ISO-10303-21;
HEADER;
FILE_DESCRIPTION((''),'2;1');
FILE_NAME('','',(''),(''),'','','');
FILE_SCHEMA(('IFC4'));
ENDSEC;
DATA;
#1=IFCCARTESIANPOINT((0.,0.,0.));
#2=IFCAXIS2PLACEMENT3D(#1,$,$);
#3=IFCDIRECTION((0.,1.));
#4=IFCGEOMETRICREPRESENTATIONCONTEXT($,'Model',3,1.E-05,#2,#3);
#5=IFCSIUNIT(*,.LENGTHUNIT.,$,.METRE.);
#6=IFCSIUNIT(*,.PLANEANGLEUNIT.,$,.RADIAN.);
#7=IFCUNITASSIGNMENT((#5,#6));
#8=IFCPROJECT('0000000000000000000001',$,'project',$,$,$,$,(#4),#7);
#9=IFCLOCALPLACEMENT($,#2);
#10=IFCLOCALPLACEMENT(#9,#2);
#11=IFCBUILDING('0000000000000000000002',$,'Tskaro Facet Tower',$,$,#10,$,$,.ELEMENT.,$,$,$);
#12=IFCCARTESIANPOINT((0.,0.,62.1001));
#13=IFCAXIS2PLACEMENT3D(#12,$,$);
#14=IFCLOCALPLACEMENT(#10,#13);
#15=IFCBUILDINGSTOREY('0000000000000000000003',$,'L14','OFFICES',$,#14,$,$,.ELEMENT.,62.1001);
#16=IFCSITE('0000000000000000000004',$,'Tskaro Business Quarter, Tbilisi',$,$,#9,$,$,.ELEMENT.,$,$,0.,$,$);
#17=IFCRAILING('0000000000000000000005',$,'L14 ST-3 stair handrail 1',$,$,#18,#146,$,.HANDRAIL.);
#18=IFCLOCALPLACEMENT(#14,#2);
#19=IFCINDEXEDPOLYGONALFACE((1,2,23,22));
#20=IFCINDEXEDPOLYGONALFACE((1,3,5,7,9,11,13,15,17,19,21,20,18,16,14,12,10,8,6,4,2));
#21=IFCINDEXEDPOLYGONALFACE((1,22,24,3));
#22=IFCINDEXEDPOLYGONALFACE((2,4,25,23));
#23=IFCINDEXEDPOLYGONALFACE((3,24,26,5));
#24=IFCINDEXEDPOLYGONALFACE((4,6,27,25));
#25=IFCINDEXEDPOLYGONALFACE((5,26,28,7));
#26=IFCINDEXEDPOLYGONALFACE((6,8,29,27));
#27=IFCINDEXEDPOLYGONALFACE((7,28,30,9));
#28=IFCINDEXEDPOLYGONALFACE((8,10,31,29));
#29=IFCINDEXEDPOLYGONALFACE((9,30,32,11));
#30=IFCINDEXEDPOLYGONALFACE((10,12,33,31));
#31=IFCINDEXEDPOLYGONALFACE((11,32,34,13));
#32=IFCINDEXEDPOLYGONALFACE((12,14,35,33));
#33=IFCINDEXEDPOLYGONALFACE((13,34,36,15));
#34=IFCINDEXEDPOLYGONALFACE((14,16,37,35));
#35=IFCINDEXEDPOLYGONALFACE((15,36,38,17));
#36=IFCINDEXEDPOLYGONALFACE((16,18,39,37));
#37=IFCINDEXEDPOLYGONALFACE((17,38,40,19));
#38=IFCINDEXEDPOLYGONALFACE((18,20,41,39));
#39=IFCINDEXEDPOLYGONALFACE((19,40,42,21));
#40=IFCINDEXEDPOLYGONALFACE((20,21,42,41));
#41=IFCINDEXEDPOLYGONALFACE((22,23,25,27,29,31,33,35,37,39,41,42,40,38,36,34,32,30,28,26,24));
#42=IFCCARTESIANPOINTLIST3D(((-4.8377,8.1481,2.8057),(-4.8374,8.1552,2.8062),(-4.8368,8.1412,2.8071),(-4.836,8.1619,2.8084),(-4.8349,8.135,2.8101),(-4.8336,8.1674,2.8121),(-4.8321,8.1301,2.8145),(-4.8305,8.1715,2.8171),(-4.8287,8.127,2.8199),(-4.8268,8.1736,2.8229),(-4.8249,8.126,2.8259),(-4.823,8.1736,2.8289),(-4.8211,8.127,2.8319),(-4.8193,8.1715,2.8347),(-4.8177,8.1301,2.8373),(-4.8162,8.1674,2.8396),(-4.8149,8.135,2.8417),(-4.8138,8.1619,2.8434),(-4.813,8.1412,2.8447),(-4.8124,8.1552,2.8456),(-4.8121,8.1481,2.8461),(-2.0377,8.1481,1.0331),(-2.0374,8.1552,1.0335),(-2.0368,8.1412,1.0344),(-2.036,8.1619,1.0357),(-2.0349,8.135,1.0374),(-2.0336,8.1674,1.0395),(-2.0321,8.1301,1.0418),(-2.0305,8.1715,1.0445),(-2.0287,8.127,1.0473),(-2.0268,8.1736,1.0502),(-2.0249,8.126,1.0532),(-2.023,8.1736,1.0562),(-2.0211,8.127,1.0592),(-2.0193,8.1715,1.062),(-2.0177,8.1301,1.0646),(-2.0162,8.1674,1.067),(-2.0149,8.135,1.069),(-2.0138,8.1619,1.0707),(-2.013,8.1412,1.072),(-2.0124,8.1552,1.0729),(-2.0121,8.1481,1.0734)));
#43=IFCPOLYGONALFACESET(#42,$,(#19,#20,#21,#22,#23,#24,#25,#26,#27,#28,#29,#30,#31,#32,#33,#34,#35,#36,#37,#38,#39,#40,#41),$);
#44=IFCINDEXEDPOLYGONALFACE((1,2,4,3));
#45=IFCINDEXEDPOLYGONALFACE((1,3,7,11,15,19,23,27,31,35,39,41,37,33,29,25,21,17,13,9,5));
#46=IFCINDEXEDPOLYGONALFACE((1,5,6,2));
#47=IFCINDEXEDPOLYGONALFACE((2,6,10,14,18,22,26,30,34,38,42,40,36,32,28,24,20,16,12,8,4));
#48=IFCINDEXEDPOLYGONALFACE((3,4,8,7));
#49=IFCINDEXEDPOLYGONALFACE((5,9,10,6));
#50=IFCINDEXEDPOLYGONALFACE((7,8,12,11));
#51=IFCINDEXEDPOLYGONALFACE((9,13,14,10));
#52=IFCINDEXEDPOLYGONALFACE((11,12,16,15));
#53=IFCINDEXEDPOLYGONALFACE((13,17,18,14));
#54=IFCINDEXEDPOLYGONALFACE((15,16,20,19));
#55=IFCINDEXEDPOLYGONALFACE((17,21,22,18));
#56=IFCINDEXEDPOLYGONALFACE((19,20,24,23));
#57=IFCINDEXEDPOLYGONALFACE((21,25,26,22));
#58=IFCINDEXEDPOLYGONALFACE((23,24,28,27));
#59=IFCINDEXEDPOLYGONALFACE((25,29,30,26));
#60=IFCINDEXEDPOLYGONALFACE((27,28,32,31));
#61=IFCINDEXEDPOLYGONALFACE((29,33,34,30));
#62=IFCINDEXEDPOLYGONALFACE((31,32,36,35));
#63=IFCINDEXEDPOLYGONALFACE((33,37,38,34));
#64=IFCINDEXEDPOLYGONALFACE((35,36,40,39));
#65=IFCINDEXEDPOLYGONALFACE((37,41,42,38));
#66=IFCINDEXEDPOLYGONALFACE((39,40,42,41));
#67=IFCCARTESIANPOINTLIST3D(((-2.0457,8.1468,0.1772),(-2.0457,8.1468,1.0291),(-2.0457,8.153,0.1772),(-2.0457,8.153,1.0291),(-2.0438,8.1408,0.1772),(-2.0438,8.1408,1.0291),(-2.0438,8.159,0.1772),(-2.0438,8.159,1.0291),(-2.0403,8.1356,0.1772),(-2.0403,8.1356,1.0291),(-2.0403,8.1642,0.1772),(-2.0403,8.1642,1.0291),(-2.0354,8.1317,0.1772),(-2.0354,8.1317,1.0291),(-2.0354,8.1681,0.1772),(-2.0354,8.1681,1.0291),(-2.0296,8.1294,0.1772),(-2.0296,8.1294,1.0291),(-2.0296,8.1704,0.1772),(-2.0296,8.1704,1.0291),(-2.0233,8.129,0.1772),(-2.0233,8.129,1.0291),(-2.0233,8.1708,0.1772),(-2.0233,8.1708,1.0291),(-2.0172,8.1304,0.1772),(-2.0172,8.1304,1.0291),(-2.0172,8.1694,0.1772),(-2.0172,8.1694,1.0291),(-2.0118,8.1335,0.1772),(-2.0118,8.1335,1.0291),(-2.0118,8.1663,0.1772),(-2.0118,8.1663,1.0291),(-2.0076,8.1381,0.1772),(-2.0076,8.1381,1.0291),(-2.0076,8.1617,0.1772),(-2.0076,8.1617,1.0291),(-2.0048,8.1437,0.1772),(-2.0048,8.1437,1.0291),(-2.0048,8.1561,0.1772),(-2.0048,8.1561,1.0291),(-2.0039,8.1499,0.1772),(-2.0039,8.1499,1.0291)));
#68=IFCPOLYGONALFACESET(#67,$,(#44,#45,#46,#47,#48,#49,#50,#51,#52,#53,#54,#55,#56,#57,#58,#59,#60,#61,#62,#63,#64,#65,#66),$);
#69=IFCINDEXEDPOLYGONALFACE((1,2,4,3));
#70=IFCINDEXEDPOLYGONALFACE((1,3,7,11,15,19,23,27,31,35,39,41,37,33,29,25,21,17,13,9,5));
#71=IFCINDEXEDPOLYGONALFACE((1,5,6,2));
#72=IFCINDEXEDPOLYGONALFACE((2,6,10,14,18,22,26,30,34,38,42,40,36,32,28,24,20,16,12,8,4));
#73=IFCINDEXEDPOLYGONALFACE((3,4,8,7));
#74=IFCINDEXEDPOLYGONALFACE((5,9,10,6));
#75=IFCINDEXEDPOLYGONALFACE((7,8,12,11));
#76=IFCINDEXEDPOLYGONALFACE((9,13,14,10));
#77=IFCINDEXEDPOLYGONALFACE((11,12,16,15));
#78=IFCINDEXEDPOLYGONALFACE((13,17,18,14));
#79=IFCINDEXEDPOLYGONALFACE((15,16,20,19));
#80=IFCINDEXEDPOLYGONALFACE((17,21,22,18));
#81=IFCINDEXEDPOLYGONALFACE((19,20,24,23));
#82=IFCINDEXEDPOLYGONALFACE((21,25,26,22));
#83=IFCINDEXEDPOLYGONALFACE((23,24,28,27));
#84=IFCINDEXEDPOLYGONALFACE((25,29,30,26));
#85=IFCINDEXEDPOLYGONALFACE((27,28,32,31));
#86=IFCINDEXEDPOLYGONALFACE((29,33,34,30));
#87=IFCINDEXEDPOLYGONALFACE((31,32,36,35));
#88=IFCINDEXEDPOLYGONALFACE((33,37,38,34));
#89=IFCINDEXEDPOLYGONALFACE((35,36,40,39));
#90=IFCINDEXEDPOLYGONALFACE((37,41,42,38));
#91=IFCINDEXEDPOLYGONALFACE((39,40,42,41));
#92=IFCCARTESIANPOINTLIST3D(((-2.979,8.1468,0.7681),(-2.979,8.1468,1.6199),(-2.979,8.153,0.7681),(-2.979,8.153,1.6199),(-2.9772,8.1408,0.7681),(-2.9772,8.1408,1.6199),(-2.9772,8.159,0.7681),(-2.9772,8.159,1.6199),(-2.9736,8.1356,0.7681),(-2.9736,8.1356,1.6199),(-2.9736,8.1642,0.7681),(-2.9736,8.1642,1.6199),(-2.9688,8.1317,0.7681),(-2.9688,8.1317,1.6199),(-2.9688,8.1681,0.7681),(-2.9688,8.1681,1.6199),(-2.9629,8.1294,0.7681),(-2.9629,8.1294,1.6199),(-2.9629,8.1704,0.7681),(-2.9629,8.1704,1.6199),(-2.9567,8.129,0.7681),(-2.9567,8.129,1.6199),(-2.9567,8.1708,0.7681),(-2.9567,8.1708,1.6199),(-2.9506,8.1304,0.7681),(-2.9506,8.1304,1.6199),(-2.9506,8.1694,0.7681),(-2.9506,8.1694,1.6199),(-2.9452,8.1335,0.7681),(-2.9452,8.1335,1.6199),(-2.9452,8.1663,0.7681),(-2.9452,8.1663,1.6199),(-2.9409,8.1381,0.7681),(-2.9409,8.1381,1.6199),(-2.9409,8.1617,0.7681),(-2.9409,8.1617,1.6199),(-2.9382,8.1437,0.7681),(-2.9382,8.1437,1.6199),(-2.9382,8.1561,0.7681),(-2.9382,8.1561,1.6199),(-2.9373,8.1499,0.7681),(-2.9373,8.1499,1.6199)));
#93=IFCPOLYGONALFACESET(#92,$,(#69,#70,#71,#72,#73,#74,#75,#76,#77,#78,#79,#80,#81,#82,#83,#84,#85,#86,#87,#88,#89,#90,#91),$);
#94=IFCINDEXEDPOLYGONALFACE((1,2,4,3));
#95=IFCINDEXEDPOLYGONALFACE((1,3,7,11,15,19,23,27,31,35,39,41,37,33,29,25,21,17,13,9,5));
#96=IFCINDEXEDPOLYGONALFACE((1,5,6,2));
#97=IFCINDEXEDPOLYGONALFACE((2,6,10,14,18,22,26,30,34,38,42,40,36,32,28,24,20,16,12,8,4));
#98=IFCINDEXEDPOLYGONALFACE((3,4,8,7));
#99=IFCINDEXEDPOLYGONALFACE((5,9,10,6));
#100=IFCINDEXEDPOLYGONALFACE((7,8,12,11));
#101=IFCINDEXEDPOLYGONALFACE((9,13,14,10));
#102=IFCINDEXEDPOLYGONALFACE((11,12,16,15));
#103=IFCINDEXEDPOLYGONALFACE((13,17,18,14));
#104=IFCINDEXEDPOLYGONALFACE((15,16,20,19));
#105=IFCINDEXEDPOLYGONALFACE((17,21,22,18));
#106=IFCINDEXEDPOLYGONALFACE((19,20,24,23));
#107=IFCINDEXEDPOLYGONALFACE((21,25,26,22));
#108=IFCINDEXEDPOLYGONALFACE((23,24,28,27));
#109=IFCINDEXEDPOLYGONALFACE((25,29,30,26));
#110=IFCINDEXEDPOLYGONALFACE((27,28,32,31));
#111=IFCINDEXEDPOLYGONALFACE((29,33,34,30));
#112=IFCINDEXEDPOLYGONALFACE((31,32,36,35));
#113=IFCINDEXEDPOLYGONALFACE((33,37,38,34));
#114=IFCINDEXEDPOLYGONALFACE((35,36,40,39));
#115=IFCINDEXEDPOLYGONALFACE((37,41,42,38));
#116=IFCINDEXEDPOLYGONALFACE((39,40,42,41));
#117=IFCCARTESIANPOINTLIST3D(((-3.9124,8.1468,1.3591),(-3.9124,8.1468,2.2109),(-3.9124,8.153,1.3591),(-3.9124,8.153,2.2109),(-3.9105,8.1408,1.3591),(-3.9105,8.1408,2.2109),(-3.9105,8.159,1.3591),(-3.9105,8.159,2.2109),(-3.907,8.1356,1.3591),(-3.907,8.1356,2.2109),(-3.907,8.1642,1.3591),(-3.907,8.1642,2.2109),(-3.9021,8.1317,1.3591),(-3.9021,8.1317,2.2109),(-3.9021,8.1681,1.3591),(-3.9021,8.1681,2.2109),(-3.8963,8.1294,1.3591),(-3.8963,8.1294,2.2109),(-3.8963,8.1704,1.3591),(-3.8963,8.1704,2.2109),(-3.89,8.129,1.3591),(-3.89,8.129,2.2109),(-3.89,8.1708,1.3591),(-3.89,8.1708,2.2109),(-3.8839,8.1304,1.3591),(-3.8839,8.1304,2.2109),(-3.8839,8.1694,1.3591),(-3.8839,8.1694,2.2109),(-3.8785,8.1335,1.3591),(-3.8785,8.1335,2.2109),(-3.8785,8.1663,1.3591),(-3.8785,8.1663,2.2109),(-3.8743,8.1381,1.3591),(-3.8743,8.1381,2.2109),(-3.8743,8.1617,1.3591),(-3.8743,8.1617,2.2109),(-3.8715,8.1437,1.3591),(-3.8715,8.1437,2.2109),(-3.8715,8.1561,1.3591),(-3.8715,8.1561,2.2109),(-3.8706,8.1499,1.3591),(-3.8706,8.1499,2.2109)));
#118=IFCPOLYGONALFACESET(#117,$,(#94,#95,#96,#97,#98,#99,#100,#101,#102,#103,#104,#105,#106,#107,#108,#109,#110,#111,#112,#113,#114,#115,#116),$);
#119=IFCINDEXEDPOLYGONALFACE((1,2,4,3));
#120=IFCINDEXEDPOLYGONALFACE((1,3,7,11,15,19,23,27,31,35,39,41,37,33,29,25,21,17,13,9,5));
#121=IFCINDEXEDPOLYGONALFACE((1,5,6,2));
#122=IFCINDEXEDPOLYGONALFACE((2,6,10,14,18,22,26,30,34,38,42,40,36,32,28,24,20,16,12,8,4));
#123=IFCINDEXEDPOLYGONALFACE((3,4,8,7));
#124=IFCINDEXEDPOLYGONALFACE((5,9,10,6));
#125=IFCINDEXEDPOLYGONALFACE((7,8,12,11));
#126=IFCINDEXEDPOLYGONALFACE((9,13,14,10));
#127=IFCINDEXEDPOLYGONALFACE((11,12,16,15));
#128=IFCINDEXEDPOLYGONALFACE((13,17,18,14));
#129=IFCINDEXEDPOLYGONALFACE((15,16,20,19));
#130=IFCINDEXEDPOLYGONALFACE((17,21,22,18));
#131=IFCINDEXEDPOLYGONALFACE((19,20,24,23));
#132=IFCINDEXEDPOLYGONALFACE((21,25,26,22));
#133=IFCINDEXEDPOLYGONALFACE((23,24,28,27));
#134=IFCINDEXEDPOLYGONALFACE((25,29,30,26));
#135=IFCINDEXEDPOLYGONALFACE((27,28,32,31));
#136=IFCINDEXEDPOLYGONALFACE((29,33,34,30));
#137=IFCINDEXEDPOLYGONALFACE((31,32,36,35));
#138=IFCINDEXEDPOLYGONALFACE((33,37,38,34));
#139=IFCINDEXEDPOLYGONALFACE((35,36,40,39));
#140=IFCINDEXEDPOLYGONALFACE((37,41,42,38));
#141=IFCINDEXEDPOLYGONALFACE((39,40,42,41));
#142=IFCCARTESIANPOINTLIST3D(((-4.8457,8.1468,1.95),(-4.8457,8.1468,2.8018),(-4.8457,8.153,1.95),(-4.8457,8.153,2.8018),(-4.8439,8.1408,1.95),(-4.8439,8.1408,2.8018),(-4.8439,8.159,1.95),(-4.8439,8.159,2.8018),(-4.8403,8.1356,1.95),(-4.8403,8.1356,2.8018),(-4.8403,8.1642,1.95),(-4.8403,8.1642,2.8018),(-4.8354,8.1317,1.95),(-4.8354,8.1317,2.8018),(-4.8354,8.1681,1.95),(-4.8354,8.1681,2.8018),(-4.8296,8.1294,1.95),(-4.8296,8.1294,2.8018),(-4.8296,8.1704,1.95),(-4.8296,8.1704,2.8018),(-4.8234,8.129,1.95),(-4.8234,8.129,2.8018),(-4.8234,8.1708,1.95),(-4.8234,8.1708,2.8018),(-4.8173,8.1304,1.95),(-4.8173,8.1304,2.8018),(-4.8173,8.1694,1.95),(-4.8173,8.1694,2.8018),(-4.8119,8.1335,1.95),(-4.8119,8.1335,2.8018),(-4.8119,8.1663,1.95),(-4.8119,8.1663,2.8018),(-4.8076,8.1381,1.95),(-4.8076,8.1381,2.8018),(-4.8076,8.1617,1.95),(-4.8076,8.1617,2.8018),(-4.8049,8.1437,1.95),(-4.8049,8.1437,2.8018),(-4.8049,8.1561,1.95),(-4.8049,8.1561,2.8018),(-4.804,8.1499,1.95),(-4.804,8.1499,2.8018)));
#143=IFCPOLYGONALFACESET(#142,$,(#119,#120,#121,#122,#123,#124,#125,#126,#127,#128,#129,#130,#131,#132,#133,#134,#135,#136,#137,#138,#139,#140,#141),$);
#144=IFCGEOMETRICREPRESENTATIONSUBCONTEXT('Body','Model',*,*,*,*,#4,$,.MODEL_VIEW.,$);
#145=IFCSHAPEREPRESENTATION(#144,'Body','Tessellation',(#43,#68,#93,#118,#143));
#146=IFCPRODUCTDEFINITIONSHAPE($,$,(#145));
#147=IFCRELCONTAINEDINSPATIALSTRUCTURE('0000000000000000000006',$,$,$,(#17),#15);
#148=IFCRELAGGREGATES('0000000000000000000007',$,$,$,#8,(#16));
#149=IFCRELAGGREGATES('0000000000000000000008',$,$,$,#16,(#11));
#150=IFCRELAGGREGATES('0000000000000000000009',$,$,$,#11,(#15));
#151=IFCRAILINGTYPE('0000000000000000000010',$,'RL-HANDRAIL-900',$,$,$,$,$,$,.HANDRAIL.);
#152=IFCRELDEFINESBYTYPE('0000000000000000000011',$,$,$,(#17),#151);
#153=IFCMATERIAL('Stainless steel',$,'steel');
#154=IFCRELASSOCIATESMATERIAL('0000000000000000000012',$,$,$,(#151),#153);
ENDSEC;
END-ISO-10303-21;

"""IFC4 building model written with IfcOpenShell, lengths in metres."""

from ifc_helpers import new_model, si_unit, direction, frame, origin, origin_2d, place, context, subcontext, project, spatial, circle, extrude, material, type_object, element, save


model = new_model("IFC4")

# Units and contexts
model_context = context("Model", 3, precision=1e-05, world=origin(), true_north=direction((0.0, 1.0)))
body_context = subcontext(model_context, "Body", "Model", "MODEL_VIEW")
ifc_project = project(units=[si_unit("LENGTHUNIT", "METRE"), si_unit("PLANEANGLEUNIT", "RADIAN")], contexts=[model_context])

# Site, building, storey
site_placement = place(None, origin())
site = spatial("IfcSite", under=ifc_project, at=site_placement, Name="Tskaro Business Quarter, Tbilisi", CompositionType="ELEMENT", RefElevation=0.0)
building_placement = place(site_placement, origin())
building = spatial("IfcBuilding", under=site, at=building_placement, Name="Tskaro Facet Tower", CompositionType="ELEMENT")
storey_placement = place(building_placement, frame((0.0, 0.0, 62.1001)))
storey = spatial("IfcBuildingStorey", under=building, at=storey_placement, Name="L14", Description="OFFICES", CompositionType="ELEMENT", Elevation=62.1001)

# Railing
ifc_material_1 = material(Name="Stainless steel", Category="steel")
railing_type_1 = type_object("IfcRailingType", Name="RL-HANDRAIL-900", PredefinedType="HANDRAIL", material=ifc_material_1)
railing_1_placement = place(storey_placement, frame((-2.0249, 8.1499, 0.1772)))
element("IfcRailing", 1, at=railing_1_placement, inside=storey, type_object=railing_type_1, Name="L14 ST-3 stair handrail 1", PredefinedType="HANDRAIL", context=body_context, shape_type="SweptSolid", body=[
    extrude(circle(Radius=0.0239, at=origin_2d()), frame((0.0, 0.0, 0.876), z_axis=(-0.844909, 0.0, 0.53491), x_axis=(0.0, -1.0, 0.0)), (0.0, 0.0, 1.0), 3.314),
    extrude(circle(Radius=0.021, at=origin_2d()), origin(), (0.0, 0.0, 1.0), 0.8518),
    extrude(circle(Radius=0.021, at=origin_2d()), frame((-0.9333, 0.0, 0.5908)), (0.0, 0.0, 1.0), 0.8518),
    extrude(circle(Radius=0.021, at=origin_2d()), frame((-1.8667, 0.0, 1.1819)), (0.0, 0.0, 1.0), 0.8518),
    extrude(circle(Radius=0.021, at=origin_2d()), frame((-2.8, 0.0, 1.7727)), (0.0, 0.0, 1.0), 0.8518),
])

save(model, "model.ifc")
